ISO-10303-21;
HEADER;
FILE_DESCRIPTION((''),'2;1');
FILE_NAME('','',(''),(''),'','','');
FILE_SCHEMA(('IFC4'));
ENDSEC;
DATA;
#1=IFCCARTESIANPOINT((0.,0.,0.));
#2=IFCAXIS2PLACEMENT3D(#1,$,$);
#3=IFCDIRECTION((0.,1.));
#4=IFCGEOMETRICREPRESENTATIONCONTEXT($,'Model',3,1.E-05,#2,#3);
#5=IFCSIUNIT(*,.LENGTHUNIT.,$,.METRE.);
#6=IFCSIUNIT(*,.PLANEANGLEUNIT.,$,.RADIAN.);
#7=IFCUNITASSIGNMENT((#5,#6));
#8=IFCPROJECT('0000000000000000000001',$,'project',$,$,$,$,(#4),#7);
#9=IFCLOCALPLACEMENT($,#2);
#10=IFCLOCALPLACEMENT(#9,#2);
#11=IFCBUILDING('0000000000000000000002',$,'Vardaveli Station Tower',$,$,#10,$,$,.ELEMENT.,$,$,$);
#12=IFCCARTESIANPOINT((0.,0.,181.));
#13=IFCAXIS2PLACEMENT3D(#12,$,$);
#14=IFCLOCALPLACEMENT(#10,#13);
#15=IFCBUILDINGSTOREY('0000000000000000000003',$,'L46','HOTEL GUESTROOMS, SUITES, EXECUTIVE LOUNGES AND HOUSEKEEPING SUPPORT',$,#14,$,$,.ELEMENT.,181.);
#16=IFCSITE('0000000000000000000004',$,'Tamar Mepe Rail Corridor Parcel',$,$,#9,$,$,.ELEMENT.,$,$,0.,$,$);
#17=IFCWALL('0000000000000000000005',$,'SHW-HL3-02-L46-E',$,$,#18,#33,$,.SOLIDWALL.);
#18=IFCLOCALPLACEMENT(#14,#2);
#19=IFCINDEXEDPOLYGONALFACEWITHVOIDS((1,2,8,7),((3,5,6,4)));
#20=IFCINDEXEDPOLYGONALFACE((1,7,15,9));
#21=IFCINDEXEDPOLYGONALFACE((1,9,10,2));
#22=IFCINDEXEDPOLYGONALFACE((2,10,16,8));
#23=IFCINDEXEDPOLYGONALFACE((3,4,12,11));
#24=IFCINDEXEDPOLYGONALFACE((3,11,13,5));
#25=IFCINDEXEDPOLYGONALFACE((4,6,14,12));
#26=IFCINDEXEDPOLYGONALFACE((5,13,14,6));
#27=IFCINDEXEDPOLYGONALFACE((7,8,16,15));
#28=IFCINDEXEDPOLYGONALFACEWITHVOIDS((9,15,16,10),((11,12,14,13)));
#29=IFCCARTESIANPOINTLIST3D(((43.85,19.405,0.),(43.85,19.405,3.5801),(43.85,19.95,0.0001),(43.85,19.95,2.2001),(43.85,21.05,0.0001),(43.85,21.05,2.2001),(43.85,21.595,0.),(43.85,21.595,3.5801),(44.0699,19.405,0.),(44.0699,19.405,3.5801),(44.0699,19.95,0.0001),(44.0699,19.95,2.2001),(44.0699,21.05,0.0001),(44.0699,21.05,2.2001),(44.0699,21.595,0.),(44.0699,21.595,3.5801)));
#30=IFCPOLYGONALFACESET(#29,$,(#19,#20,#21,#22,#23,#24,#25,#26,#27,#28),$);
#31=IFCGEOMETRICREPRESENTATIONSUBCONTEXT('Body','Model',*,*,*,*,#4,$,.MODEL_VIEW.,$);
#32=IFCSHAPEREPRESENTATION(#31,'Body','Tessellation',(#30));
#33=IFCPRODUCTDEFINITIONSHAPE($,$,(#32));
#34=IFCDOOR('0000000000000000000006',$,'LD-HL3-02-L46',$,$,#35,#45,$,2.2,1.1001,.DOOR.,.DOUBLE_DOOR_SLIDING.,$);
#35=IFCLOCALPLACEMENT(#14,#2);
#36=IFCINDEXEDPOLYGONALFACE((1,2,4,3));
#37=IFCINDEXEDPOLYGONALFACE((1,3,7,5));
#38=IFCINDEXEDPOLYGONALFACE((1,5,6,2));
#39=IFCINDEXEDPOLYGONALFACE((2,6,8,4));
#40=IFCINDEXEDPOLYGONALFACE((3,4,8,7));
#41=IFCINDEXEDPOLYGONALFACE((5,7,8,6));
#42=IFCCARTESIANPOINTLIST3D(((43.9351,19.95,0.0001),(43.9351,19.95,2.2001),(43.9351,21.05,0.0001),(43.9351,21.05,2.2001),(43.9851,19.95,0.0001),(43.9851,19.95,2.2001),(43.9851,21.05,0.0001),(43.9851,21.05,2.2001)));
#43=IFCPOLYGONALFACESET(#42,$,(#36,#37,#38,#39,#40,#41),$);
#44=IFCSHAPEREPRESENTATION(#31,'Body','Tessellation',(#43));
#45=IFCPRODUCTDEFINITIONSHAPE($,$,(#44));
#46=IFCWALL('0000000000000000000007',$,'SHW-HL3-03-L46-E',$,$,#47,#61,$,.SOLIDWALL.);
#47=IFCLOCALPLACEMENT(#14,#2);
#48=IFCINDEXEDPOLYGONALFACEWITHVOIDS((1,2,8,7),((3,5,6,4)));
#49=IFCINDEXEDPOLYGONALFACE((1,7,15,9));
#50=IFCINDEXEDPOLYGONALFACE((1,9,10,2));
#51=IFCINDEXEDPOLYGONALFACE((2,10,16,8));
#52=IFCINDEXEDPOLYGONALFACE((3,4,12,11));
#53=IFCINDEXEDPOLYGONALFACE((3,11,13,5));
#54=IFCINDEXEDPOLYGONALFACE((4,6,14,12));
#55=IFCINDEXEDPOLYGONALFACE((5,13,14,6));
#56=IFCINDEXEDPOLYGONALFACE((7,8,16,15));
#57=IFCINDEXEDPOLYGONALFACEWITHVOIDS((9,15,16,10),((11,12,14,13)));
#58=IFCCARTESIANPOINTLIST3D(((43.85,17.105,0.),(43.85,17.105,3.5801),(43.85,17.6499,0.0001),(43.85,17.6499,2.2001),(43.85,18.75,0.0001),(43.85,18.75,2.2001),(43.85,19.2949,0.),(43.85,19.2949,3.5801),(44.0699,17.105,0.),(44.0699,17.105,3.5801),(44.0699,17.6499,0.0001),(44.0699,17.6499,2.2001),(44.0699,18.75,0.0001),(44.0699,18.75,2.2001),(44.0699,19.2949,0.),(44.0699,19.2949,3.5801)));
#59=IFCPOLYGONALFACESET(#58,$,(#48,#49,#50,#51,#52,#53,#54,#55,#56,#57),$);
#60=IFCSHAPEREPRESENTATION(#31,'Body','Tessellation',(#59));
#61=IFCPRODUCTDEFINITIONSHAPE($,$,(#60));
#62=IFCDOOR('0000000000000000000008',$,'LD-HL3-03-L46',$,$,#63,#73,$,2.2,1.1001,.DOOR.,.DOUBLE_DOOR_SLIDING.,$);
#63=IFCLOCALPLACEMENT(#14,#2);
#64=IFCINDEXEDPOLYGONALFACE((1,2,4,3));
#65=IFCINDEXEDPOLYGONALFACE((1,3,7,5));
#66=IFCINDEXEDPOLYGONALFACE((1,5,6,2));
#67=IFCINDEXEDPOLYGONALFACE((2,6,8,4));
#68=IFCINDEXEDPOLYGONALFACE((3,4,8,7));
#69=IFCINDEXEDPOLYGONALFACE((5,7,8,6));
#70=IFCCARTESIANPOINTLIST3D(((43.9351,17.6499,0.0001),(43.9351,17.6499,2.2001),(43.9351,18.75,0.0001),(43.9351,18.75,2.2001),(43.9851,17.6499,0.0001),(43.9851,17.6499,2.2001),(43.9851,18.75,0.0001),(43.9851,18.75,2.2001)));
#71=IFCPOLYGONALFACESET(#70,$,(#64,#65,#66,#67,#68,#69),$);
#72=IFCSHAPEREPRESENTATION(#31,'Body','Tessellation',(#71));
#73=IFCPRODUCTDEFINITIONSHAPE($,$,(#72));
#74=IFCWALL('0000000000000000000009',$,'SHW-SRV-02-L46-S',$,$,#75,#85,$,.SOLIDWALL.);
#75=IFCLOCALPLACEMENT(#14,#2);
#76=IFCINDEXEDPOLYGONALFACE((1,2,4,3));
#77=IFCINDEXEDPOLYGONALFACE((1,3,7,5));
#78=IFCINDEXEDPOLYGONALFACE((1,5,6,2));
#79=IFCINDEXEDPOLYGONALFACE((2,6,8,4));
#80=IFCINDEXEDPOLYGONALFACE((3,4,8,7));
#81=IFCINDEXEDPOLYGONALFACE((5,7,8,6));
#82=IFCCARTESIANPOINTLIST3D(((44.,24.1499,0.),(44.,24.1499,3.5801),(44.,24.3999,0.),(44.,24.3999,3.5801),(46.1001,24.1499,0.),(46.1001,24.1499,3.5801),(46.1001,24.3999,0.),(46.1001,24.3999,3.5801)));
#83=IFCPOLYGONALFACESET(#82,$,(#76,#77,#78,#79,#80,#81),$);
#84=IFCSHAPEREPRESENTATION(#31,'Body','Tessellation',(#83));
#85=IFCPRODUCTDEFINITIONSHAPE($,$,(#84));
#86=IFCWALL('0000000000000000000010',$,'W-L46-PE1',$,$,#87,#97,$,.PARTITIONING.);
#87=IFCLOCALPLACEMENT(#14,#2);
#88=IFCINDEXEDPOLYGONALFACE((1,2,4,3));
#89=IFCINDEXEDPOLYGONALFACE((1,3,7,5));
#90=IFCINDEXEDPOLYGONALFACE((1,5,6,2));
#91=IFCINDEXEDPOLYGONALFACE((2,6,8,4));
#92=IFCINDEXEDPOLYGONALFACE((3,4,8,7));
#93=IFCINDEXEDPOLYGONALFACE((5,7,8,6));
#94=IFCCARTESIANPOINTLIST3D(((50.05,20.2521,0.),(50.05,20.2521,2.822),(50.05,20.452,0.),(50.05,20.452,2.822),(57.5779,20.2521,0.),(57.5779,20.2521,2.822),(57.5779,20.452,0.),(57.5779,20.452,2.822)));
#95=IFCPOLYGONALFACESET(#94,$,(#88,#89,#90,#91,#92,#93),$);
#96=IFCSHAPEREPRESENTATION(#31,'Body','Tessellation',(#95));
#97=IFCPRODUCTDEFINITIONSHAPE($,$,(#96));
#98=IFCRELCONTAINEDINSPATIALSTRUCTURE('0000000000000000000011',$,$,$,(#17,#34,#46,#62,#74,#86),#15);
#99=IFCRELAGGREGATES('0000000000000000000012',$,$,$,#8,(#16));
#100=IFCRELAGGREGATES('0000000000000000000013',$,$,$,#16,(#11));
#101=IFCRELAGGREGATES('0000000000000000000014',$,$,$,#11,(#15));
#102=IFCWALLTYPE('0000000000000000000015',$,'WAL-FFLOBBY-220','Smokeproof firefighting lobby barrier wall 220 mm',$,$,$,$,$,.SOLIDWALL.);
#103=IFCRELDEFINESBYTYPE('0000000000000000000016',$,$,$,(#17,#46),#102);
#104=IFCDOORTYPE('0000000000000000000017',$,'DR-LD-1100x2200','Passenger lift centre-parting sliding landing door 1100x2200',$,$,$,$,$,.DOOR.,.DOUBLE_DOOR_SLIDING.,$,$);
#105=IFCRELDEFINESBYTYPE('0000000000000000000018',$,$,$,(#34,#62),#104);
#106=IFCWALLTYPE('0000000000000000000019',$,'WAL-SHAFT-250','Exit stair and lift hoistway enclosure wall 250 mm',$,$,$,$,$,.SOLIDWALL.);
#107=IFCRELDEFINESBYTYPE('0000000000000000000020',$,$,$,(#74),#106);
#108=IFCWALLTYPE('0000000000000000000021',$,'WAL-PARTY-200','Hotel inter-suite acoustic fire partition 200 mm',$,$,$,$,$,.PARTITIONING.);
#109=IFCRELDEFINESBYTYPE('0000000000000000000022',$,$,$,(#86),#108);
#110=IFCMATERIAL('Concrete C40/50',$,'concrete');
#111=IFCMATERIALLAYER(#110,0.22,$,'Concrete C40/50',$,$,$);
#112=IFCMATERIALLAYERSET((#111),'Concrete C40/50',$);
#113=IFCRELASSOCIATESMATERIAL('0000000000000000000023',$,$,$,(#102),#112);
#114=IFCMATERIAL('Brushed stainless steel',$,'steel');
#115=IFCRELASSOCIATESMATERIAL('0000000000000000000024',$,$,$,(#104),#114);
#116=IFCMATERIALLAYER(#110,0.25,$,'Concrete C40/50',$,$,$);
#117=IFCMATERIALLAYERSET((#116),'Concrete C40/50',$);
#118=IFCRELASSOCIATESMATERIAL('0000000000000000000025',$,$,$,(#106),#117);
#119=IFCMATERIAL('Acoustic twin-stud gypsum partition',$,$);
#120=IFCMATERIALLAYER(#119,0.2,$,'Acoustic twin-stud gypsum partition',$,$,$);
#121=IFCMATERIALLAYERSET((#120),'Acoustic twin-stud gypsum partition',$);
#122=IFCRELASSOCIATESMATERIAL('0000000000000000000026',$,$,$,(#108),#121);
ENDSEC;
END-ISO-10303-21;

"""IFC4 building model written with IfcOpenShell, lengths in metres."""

from ifc_helpers import new_model, si_unit, direction, frame, frame_2d, origin, place, context, subcontext, project, spatial, rectangle, extrude, source, transform, mapped, material, layer, layer_set, type_object, element, fill, save


model = new_model("IFC4")

# Units and contexts
model_context = context("Model", 3, precision=1e-05, world=origin(), true_north=direction((0.0, 1.0)))
body_context = subcontext(model_context, "Body", "Model", "MODEL_VIEW")
ifc_project = project(units=[si_unit("LENGTHUNIT", "METRE"), si_unit("PLANEANGLEUNIT", "RADIAN")], contexts=[model_context])

# Site, building, storey
site_placement = place(None, origin())
site = spatial("IfcSite", under=ifc_project, at=site_placement, Name="Tamar Mepe Rail Corridor Parcel", CompositionType="ELEMENT", RefElevation=0.0)
building_placement = place(site_placement, origin())
building = spatial("IfcBuilding", under=site, at=building_placement, Name="Vardaveli Station Tower", CompositionType="ELEMENT")
storey_placement = place(building_placement, frame((0.0, 0.0, 181.0)))
storey = spatial("IfcBuildingStorey", under=building, at=storey_placement, Name="L46", Description="HOTEL GUESTROOMS, SUITES, EXECUTIVE LOUNGES AND HOUSEKEEPING SUPPORT", CompositionType="ELEMENT", Elevation=181.0)

# Walls, openings, doors
ifc_material_1 = material(Name="Concrete C40/50", Category="concrete")
ifc_layer_1 = layer(ifc_material_1, 0.22, Name="Concrete C40/50")
ifc_layer_set_1 = layer_set([ifc_layer_1], Name="Concrete C40/50")
wall_type_1 = type_object("IfcWallType", Name="WAL-FFLOBBY-220", Description="Smokeproof firefighting lobby barrier wall 220 mm", PredefinedType="SOLIDWALL", material=ifc_layer_set_1)
shared_shape_1 = source(origin(), body_context, "Body", "SweptSolid", [
    extrude(rectangle(XDim=2.1899, YDim=0.22, at=frame_2d((1.095, 0.0))), origin(), (0.0, 0.0, 1.0), 3.5801),
])
shared_shape_2 = source(origin(), body_context, "Body", "SweptSolid", [
    extrude(rectangle(XDim=1.1001, YDim=2.2, at=frame_2d((0.55, 1.1001))), frame((0.0, 0.1201, 0.0), z_axis=(0.0, -1.0, 0.0), x_axis=(1.0, 0.0, 0.0)), (0.0, 0.0, 1.0), 0.24),
])
ifc_material_2 = material(Name="Brushed stainless steel", Category="steel")
door_type = type_object("IfcDoorType", Name="DR-LD-1100x2200", Description="Passenger lift centre-parting sliding landing door 1100x2200", OperationType="DOUBLE_DOOR_SLIDING", PredefinedType="DOOR", material=ifc_material_2)
shared_shape_3 = source(origin(), body_context, "Body", "SweptSolid", [
    extrude(rectangle(XDim=1.1001, YDim=2.2, at=frame_2d((0.55, 1.1001))), frame((0.0, 0.0249, 0.0), z_axis=(0.0, -1.0, 0.0), x_axis=(1.0, 0.0, 0.0)), (0.0, 0.0, 1.0), 0.05),
])
wall_1_placement = place(storey_placement, frame((43.96, 19.405, 0.0), z_axis=(0.0, 0.0, 1.0), x_axis=(0.0, 1.0, 0.0)))
wall_1 = element("IfcWall", 1, at=wall_1_placement, inside=storey, type_object=wall_type_1, Name="SHW-HL3-02-L46-E", PredefinedType="SOLIDWALL", context=body_context, shape_type="MappedRepresentation", body=[
    mapped(shared_shape_1, transform((0.0, 0.0, 0.0), scale=1.0)),
])
opening_1_placement = place(wall_1_placement, frame((0.5449, 0.0, 0.0)))
opening_1 = element("IfcOpeningElement", 2, at=opening_1_placement, cuts=wall_1, PredefinedType="OPENING", context=body_context, shape_type="MappedRepresentation", body=[
    mapped(shared_shape_2, transform((0.0, 0.0, 0.0), scale=1.0)),
])
door_1_placement = place(opening_1_placement, origin())
door_1 = element("IfcDoor", 3, at=door_1_placement, inside=storey, type_object=door_type, Name="LD-HL3-02-L46", OperationType="DOUBLE_DOOR_SLIDING", OverallHeight=2.2, OverallWidth=1.1001, PredefinedType="DOOR", context=body_context, shape_type="MappedRepresentation", body=[
    mapped(shared_shape_3, transform((0.0, 0.0, 0.0), scale=1.0)),
])
fill(opening_1, door_1)
wall_2_placement = place(storey_placement, frame((43.96, 17.105, 0.0), z_axis=(0.0, 0.0, 1.0), x_axis=(0.0, 1.0, 0.0)))
wall_2 = element("IfcWall", 4, at=wall_2_placement, inside=storey, type_object=wall_type_1, Name="SHW-HL3-03-L46-E", PredefinedType="SOLIDWALL", context=body_context, shape_type="MappedRepresentation", body=[
    mapped(shared_shape_1, transform((0.0, 0.0, 0.0), scale=1.0)),
])
opening_2_placement = place(wall_2_placement, frame((0.5449, 0.0, 0.0)))
opening_2 = element("IfcOpeningElement", 5, at=opening_2_placement, cuts=wall_2, PredefinedType="OPENING", context=body_context, shape_type="MappedRepresentation", body=[
    mapped(shared_shape_2, transform((0.0, 0.0, 0.0), scale=1.0)),
])
door_2_placement = place(opening_2_placement, origin())
door_2 = element("IfcDoor", 6, at=door_2_placement, inside=storey, type_object=door_type, Name="LD-HL3-03-L46", OperationType="DOUBLE_DOOR_SLIDING", OverallHeight=2.2, OverallWidth=1.1001, PredefinedType="DOOR", context=body_context, shape_type="MappedRepresentation", body=[
    mapped(shared_shape_3, transform((0.0, 0.0, 0.0), scale=1.0)),
])
fill(opening_2, door_2)

# Walls
ifc_layer_2 = layer(ifc_material_1, 0.25, Name="Concrete C40/50")
ifc_layer_set_2 = layer_set([ifc_layer_2], Name="Concrete C40/50")
wall_type_2 = type_object("IfcWallType", Name="WAL-SHAFT-250", Description="Exit stair and lift hoistway enclosure wall 250 mm", PredefinedType="SOLIDWALL", material=ifc_layer_set_2)
shared_shape_4 = source(origin(), body_context, "Body", "SweptSolid", [
    extrude(rectangle(XDim=2.1001, YDim=0.25, at=frame_2d((1.05, 0.0))), origin(), (0.0, 0.0, 1.0), 3.5801),
])
wall_3_placement = place(storey_placement, frame((44.0, 24.2749, 0.0), z_axis=(0.0, 0.0, 1.0), x_axis=(1.0, 0.0, 0.0)))
element("IfcWall", 7, at=wall_3_placement, inside=storey, type_object=wall_type_2, Name="SHW-SRV-02-L46-S", PredefinedType="SOLIDWALL", context=body_context, shape_type="MappedRepresentation", body=[
    mapped(shared_shape_4, transform((0.0, 0.0, 0.0), scale=1.0)),
])
ifc_material_3 = material(Name="Acoustic twin-stud gypsum partition")
ifc_layer_3 = layer(ifc_material_3, 0.2, Name="Acoustic twin-stud gypsum partition")
ifc_layer_set_3 = layer_set([ifc_layer_3], Name="Acoustic twin-stud gypsum partition")
wall_type_3 = type_object("IfcWallType", Name="WAL-PARTY-200", Description="Hotel inter-suite acoustic fire partition 200 mm", PredefinedType="PARTITIONING", material=ifc_layer_set_3)
shared_shape_5 = source(origin(), body_context, "Body", "SweptSolid", [
    extrude(rectangle(XDim=7.5278, YDim=0.2, at=frame_2d((3.7639, 0.0))), origin(), (0.0, 0.0, 1.0), 2.822),
])
wall_4_placement = place(storey_placement, frame((50.05, 20.3521, 0.0), z_axis=(0.0, 0.0, 1.0), x_axis=(1.0, 0.0, 0.0)))
element("IfcWall", 8, at=wall_4_placement, inside=storey, type_object=wall_type_3, Name="W-L46-PE1", PredefinedType="PARTITIONING", context=body_context, shape_type="MappedRepresentation", body=[
    mapped(shared_shape_5, transform((0.0, 0.0, 0.0), scale=1.0)),
])

save(model, "model.ifc")
